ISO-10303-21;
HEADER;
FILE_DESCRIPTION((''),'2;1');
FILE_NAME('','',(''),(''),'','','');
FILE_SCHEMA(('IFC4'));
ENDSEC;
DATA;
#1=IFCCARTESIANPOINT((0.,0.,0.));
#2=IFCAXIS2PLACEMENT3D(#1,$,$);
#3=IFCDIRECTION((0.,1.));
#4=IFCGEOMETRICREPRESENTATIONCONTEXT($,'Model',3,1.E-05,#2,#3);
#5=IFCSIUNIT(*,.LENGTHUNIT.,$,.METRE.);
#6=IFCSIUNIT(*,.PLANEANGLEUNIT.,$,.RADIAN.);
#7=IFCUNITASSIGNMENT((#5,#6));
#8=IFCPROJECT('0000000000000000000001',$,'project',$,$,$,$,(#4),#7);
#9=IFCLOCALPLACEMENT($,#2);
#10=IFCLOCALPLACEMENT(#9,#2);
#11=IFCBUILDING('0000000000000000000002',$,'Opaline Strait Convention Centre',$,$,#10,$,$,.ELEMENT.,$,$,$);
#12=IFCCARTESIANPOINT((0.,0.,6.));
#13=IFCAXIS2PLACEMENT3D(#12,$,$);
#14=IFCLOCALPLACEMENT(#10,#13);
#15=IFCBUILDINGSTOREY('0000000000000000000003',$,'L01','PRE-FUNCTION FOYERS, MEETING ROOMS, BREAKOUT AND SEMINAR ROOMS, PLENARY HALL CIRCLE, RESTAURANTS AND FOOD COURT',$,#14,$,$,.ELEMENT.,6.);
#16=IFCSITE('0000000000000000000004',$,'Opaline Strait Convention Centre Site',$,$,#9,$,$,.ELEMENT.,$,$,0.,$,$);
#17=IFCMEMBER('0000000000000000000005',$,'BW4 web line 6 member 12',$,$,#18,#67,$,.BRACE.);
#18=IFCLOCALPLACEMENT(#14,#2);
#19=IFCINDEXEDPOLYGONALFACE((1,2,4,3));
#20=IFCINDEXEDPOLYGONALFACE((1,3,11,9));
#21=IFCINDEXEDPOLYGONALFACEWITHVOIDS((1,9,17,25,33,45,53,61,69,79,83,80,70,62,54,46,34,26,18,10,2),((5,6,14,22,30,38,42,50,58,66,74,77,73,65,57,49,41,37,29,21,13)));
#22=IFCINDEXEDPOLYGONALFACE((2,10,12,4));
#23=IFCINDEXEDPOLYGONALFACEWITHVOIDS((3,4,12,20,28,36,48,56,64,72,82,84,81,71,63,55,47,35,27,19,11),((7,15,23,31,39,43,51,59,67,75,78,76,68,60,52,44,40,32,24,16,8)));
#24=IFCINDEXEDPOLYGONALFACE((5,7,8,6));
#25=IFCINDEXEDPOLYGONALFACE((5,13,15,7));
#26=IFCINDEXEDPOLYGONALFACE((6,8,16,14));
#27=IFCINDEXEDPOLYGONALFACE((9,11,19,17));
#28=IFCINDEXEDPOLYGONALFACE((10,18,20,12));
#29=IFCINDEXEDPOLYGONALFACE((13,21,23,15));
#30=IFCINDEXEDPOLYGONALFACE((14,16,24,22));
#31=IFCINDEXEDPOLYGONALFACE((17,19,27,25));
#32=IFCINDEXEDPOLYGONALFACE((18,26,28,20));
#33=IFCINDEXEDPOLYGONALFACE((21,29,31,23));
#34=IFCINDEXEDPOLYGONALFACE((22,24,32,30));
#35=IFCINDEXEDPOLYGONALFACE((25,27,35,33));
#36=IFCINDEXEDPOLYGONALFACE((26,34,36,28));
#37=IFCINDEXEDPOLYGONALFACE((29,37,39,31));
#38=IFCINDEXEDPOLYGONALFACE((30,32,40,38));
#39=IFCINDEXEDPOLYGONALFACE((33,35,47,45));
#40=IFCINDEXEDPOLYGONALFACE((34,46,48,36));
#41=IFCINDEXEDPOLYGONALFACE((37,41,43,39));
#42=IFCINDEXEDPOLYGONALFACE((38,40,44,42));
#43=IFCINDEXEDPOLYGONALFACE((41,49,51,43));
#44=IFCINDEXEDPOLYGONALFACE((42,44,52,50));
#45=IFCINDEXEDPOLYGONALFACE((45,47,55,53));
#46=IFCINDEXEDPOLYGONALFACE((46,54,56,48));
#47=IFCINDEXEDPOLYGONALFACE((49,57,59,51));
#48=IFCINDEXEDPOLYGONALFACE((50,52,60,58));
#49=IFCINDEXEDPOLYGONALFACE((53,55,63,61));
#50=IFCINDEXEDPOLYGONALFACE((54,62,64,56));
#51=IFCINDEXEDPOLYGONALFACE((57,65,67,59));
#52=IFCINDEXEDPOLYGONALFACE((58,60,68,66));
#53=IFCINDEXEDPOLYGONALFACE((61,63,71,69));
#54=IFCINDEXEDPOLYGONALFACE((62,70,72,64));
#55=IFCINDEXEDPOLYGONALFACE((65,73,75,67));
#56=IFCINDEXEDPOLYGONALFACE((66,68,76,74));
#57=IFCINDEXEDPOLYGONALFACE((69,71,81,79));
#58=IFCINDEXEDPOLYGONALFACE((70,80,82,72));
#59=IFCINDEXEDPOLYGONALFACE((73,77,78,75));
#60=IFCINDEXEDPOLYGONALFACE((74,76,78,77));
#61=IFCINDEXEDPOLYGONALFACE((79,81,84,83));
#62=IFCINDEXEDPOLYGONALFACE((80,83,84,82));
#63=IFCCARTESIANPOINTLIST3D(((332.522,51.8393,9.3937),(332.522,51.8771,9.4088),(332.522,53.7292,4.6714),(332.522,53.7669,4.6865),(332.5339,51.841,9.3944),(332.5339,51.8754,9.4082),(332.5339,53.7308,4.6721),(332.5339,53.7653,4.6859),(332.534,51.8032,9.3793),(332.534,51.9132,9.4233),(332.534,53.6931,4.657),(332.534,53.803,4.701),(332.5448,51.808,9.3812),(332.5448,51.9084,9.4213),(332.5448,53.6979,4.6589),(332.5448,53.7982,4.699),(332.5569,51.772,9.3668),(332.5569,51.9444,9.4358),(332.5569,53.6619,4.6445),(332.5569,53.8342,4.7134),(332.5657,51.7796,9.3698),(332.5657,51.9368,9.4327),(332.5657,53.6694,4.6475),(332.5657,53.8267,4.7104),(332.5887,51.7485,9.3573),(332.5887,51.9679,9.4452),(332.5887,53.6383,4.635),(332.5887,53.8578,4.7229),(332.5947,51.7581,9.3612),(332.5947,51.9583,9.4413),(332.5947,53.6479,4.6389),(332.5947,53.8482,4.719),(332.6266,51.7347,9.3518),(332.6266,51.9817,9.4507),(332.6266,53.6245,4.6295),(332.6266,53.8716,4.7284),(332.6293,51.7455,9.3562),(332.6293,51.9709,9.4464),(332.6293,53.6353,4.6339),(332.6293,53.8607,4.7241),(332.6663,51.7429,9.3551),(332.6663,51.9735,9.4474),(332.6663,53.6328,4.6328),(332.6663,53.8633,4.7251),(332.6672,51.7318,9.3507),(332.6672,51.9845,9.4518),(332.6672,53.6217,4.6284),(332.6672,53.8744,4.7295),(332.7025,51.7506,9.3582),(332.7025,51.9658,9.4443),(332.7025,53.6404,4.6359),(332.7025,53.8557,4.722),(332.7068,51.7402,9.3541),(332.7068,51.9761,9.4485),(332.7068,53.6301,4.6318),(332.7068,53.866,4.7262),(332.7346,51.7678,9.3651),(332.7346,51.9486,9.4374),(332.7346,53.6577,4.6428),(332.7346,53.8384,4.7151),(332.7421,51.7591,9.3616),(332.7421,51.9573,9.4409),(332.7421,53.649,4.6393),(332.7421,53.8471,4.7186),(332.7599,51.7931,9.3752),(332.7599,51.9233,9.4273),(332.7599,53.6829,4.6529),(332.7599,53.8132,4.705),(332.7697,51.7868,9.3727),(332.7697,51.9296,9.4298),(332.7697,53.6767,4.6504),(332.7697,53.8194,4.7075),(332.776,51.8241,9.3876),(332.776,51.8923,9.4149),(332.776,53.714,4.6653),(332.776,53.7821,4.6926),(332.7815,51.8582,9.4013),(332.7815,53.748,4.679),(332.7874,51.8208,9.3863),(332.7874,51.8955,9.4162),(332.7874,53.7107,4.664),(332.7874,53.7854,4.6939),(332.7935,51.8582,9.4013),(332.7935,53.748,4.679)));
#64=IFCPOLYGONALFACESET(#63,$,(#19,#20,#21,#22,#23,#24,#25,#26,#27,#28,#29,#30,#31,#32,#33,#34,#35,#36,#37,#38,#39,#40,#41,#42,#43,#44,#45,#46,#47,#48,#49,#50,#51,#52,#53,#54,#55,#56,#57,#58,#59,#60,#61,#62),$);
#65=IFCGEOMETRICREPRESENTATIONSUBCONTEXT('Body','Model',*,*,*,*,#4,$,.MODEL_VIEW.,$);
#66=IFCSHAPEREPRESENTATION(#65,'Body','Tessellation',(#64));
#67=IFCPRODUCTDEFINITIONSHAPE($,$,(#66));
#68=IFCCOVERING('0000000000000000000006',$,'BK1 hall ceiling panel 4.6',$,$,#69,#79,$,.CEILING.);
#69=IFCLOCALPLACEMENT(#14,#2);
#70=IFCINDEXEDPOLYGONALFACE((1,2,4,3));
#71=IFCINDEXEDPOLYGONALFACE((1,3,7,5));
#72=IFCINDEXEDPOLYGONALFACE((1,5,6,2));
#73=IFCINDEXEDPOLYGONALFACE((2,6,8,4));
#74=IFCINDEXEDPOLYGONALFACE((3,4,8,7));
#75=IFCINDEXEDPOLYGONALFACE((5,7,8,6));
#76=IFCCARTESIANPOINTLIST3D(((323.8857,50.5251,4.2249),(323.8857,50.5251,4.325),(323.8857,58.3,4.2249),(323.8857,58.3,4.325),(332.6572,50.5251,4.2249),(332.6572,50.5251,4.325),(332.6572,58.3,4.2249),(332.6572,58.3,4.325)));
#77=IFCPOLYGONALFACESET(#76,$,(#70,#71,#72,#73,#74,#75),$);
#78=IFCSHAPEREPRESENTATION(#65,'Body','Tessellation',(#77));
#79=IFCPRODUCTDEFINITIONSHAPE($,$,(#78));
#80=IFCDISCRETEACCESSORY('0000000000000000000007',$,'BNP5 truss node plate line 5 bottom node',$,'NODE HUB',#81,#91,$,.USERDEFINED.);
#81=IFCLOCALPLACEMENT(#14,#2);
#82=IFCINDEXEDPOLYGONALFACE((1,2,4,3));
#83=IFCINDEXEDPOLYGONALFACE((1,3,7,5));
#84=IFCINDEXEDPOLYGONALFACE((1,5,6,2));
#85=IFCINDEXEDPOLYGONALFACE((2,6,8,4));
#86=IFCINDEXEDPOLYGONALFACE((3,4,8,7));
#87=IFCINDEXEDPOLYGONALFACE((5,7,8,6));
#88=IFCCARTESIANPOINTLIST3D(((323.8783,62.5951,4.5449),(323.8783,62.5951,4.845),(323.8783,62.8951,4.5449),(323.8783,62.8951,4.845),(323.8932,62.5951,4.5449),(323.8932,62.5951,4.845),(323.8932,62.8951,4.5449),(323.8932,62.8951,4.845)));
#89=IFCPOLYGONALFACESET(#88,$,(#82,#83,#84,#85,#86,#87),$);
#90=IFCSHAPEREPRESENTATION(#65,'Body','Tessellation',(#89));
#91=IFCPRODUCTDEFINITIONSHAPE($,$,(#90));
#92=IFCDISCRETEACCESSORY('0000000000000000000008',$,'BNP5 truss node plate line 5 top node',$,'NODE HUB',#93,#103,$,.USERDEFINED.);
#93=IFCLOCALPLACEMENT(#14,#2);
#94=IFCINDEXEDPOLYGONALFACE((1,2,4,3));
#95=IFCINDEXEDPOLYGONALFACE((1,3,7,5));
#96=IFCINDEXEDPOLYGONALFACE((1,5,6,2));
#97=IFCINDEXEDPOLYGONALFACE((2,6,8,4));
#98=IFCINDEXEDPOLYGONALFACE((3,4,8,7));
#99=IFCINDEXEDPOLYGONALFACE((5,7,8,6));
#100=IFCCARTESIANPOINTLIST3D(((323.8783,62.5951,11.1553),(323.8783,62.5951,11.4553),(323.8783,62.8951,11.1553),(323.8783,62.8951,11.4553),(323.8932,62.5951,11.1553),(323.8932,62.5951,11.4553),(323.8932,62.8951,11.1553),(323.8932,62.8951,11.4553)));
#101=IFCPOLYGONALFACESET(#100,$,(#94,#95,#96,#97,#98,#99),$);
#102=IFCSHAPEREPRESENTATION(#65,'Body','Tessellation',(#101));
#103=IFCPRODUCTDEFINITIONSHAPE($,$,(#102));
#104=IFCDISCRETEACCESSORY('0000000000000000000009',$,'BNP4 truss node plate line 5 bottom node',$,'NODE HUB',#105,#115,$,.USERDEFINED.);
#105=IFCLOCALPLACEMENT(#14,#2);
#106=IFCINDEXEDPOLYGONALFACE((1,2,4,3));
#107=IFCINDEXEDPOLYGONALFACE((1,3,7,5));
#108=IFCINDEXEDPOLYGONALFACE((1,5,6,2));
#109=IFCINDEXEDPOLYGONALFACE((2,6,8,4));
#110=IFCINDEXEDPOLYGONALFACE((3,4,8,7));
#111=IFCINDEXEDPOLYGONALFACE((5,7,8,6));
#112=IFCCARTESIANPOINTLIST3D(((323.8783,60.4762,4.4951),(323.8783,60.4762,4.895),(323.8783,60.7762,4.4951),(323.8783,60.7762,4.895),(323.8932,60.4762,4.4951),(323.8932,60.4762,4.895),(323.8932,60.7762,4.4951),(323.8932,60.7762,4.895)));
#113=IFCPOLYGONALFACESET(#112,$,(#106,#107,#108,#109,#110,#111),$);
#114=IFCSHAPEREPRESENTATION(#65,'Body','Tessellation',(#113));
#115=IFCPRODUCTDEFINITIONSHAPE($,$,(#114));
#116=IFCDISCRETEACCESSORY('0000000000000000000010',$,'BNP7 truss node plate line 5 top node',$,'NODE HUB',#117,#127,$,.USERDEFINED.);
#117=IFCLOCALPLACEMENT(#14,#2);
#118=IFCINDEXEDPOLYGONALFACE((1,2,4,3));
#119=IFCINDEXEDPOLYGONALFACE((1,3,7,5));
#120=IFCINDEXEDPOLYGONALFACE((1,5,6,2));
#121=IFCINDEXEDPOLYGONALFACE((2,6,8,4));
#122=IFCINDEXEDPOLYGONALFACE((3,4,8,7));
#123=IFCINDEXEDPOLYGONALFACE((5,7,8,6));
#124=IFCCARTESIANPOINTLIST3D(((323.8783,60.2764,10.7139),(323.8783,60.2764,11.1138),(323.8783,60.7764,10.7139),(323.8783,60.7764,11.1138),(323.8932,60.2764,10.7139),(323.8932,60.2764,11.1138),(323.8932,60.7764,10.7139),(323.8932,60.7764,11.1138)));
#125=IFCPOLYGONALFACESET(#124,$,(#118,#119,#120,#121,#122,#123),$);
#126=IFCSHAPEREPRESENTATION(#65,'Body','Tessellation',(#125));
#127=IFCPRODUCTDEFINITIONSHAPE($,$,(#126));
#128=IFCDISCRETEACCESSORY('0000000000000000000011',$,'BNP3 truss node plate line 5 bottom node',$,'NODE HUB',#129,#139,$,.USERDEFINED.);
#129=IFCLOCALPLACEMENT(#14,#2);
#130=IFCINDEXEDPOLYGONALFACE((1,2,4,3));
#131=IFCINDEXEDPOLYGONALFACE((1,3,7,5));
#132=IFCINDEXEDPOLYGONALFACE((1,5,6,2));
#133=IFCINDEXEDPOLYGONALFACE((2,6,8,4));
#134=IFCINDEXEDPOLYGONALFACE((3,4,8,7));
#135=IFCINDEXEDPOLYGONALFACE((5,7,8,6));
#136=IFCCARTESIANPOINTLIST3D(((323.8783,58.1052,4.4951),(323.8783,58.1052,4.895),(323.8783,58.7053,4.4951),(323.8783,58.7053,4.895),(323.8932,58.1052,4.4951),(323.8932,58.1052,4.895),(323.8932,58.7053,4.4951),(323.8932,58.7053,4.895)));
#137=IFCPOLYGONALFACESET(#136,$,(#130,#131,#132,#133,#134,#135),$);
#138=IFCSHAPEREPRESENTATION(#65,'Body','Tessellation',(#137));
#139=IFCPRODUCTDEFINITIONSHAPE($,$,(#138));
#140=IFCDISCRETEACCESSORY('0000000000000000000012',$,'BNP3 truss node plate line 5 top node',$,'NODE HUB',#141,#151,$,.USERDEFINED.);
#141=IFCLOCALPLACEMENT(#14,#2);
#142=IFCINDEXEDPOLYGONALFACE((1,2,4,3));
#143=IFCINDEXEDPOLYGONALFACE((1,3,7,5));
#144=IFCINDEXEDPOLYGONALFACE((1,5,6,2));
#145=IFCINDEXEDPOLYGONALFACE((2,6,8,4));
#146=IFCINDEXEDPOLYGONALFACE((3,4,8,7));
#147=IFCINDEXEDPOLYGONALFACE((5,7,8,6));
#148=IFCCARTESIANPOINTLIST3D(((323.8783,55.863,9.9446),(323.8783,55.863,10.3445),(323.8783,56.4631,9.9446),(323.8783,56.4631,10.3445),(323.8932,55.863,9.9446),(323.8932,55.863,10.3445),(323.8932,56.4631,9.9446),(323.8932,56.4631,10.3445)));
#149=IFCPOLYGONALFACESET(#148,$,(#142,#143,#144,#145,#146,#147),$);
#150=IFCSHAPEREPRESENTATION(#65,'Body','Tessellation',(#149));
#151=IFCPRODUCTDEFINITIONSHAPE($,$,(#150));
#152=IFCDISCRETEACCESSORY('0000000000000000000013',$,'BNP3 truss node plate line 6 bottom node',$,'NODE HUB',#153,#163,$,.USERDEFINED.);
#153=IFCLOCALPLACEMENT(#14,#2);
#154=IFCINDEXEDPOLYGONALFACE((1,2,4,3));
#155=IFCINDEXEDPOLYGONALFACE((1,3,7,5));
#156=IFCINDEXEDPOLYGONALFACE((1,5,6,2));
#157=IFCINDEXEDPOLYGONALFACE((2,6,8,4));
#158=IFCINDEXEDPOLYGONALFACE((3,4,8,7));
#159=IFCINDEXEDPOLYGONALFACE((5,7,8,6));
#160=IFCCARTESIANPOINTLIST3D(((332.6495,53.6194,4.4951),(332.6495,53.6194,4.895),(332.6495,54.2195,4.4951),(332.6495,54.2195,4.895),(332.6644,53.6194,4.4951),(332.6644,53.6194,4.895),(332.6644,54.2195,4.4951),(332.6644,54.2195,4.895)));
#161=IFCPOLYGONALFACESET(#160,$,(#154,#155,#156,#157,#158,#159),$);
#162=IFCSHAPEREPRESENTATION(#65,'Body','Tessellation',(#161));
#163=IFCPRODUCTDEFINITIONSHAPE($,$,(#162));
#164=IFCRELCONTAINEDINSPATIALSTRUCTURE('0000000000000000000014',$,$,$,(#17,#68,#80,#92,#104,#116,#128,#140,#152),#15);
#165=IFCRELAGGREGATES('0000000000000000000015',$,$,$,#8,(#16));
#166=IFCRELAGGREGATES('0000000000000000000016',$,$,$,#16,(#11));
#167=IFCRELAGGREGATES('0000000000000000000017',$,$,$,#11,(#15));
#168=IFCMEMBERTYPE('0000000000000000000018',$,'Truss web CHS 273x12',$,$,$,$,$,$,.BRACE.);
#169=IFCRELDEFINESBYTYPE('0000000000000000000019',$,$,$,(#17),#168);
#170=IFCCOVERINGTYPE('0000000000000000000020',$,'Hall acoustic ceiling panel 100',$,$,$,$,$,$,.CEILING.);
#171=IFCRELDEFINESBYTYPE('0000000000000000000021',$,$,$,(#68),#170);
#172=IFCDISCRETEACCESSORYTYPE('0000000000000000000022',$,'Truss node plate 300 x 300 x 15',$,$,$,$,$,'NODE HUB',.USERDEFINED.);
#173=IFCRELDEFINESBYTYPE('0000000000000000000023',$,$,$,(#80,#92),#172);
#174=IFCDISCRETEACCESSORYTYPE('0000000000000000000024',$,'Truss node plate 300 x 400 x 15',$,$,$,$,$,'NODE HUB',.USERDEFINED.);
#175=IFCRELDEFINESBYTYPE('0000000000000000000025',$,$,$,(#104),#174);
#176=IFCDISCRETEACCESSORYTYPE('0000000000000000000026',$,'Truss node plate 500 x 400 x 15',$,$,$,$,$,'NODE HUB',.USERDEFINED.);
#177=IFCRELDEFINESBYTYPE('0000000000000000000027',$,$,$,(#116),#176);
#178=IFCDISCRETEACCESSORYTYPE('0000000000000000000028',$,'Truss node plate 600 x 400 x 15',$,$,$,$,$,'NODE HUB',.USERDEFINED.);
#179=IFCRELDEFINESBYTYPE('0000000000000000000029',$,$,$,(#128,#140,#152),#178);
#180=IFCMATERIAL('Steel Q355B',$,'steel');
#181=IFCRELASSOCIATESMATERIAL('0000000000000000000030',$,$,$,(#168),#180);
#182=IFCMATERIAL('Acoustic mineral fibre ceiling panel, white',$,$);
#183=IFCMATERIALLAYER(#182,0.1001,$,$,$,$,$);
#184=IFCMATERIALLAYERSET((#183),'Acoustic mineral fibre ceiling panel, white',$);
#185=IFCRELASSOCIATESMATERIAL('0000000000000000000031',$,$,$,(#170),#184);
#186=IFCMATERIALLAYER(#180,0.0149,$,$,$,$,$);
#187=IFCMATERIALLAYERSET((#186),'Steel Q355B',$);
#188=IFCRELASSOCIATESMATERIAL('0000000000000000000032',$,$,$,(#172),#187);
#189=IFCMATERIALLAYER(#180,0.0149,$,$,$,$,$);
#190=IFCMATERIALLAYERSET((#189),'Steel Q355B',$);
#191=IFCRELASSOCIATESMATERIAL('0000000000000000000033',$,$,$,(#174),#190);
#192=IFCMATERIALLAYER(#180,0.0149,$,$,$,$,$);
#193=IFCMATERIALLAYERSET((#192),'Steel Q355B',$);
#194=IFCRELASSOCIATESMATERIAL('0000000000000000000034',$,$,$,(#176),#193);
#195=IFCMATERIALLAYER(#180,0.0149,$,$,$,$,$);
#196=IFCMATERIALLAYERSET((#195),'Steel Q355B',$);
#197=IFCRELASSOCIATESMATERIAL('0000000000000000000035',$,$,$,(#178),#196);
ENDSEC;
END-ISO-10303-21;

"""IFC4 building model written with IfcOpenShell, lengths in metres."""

from ifc_helpers import new_model, si_unit, direction, frame, origin, origin_2d, place, context, subcontext, project, spatial, rectangle, hollow_circle, extrude, material, layer, layer_set, material_profile, profile_set, type_object, element, save


model = new_model("IFC4")

# Units and contexts
model_context = context("Model", 3, precision=1e-05, world=origin(), true_north=direction((0.0, 1.0)))
body_context = subcontext(model_context, "Body", "Model", "MODEL_VIEW")
ifc_project = project(units=[si_unit("LENGTHUNIT", "METRE"), si_unit("PLANEANGLEUNIT", "RADIAN")], contexts=[model_context])

# Site, building, storey
site_placement = place(None, origin())
site = spatial("IfcSite", under=ifc_project, at=site_placement, Name="Opaline Strait Convention Centre Site", CompositionType="ELEMENT", RefElevation=0.0)
building_placement = place(site_placement, origin())
building = spatial("IfcBuilding", under=site, at=building_placement, Name="Opaline Strait Convention Centre", CompositionType="ELEMENT")
storey_placement = place(building_placement, frame((0.0, 0.0, 6.0)))
storey = spatial("IfcBuildingStorey", under=building, at=storey_placement, Name="L01", Description="PRE-FUNCTION FOYERS, MEETING ROOMS, BREAKOUT AND SEMINAR ROOMS, PLENARY HALL CIRCLE, RESTAURANTS AND FOOD COURT", CompositionType="ELEMENT", Elevation=6.0)

# Member
ifc_material_1 = material(Name="Steel Q355B", Category="steel")
ifc_material_profile_1 = material_profile(ifc_material_1, hollow_circle(Radius=0.1365, WallThickness=0.012, at=origin_2d()), Name="CHS 273x12")
ifc_profile_set_1 = profile_set([ifc_material_profile_1], Name="Steel Q355B")
member_type_1 = type_object("IfcMemberType", Name="Truss web CHS 273x12", PredefinedType="BRACE", material=ifc_profile_set_1)
member_1_placement = place(storey_placement, frame((332.657, 53.748, 4.679), z_axis=(0.0, -0.371548, 0.928414), x_axis=(1.0, 0.0, 0.0)))
element("IfcMember", 1, at=member_1_placement, inside=storey, type_object=member_type_1, Name="BW4 web line 6 member 12", PredefinedType="BRACE", context=body_context, shape_type="SweptSolid", body=[
    extrude(hollow_circle(Radius=0.1365, WallThickness=0.012, at=origin_2d()), origin(), (0.0, 0.0, 1.0), 5.0864),
])

# Covering
ifc_material_2 = material(Name="Acoustic mineral fibre ceiling panel, white")
ifc_layer_1 = layer(ifc_material_2, 0.1001)
ifc_layer_set_1 = layer_set([ifc_layer_1], Name="Acoustic mineral fibre ceiling panel, white")
covering_type = type_object("IfcCoveringType", Name="Hall acoustic ceiling panel 100", PredefinedType="CEILING", material=ifc_layer_set_1)
covering_placement = place(storey_placement, frame((328.2715, 54.4126, 4.2249), z_axis=(0.0, 0.0, 1.0), x_axis=(1.0, 0.0, 0.0)))
element("IfcCovering", 2, at=covering_placement, inside=storey, type_object=covering_type, Name="BK1 hall ceiling panel 4.6", PredefinedType="CEILING", context=body_context, shape_type="SweptSolid", body=[
    extrude(rectangle(XDim=8.7715, YDim=7.7749, at=origin_2d()), origin(), (0.0, 0.0, 1.0), 0.1001),
])

# Discrete accessories
ifc_layer_2 = layer(ifc_material_1, 0.0149)
ifc_layer_set_2 = layer_set([ifc_layer_2], Name="Steel Q355B")
discrete_accessory_type_1 = type_object("IfcDiscreteAccessoryType", Name="Truss node plate 300 x 300 x 15", ElementType="NODE HUB", PredefinedType="USERDEFINED", material=ifc_layer_set_2)
for number, where, z_axis, x_axis, name in (
    (3, (323.8857, 62.7451, 4.5449), (0.0, 0.0, 1.0), (1.0, 0.0, 0.0), "BNP5 truss node plate line 5 bottom node"),
    (4, (323.8857, 62.7451, 11.1553), (0.0, 0.0, 1.0), (1.0, 0.0, 0.0), "BNP5 truss node plate line 5 top node"),
):
    element("IfcDiscreteAccessory", number, at=place(storey_placement, frame(where, z_axis=z_axis, x_axis=x_axis)), inside=storey, type_object=discrete_accessory_type_1, Name=name, ObjectType="NODE HUB", PredefinedType="USERDEFINED", context=body_context, shape_type="SweptSolid", body=[
        extrude(rectangle(XDim=0.0149, YDim=0.3, at=origin_2d()), origin(), (0.0, 0.0, 1.0), 0.3),
    ])
ifc_layer_3 = layer(ifc_material_1, 0.0149)
ifc_layer_set_3 = layer_set([ifc_layer_3], Name="Steel Q355B")
discrete_accessory_type_2 = type_object("IfcDiscreteAccessoryType", Name="Truss node plate 300 x 400 x 15", ElementType="NODE HUB", PredefinedType="USERDEFINED", material=ifc_layer_set_3)
discrete_accessory_1_placement = place(storey_placement, frame((323.8857, 60.6262, 4.4951), z_axis=(0.0, 0.0, 1.0), x_axis=(1.0, 0.0, 0.0)))
element("IfcDiscreteAccessory", 5, at=discrete_accessory_1_placement, inside=storey, type_object=discrete_accessory_type_2, Name="BNP4 truss node plate line 5 bottom node", ObjectType="NODE HUB", PredefinedType="USERDEFINED", context=body_context, shape_type="SweptSolid", body=[
    extrude(rectangle(XDim=0.0149, YDim=0.3, at=origin_2d()), origin(), (0.0, 0.0, 1.0), 0.3999),
])
ifc_layer_4 = layer(ifc_material_1, 0.0149)
ifc_layer_set_4 = layer_set([ifc_layer_4], Name="Steel Q355B")
discrete_accessory_type_3 = type_object("IfcDiscreteAccessoryType", Name="Truss node plate 500 x 400 x 15", ElementType="NODE HUB", PredefinedType="USERDEFINED", material=ifc_layer_set_4)
discrete_accessory_2_placement = place(storey_placement, frame((323.8857, 60.5264, 10.7139), z_axis=(0.0, 0.0, 1.0), x_axis=(1.0, 0.0, 0.0)))
element("IfcDiscreteAccessory", 6, at=discrete_accessory_2_placement, inside=storey, type_object=discrete_accessory_type_3, Name="BNP7 truss node plate line 5 top node", ObjectType="NODE HUB", PredefinedType="USERDEFINED", context=body_context, shape_type="SweptSolid", body=[
    extrude(rectangle(XDim=0.0149, YDim=0.5, at=origin_2d()), origin(), (0.0, 0.0, 1.0), 0.3999),
])
ifc_layer_5 = layer(ifc_material_1, 0.0149)
ifc_layer_set_5 = layer_set([ifc_layer_5], Name="Steel Q355B")
discrete_accessory_type_4 = type_object("IfcDiscreteAccessoryType", Name="Truss node plate 600 x 400 x 15", ElementType="NODE HUB", PredefinedType="USERDEFINED", material=ifc_layer_set_5)
for number, where, z_axis, x_axis, name in (
    (7, (323.8857, 58.4053, 4.4951), (0.0, 0.0, 1.0), (1.0, 0.0, 0.0), "BNP3 truss node plate line 5 bottom node"),
    (8, (323.8857, 56.1631, 9.9446), (0.0, 0.0, 1.0), (1.0, 0.0, 0.0), "BNP3 truss node plate line 5 top node"),
    (9, (332.657, 53.9194, 4.4951), (0.0, 0.0, 1.0), (1.0, 0.0, 0.0), "BNP3 truss node plate line 6 bottom node"),
):
    element("IfcDiscreteAccessory", number, at=place(storey_placement, frame(where, z_axis=z_axis, x_axis=x_axis)), inside=storey, type_object=discrete_accessory_type_4, Name=name, ObjectType="NODE HUB", PredefinedType="USERDEFINED", context=body_context, shape_type="SweptSolid", body=[
        extrude(rectangle(XDim=0.0149, YDim=0.6001, at=origin_2d()), origin(), (0.0, 0.0, 1.0), 0.3999),
    ])

save(model, "model.ifc")
